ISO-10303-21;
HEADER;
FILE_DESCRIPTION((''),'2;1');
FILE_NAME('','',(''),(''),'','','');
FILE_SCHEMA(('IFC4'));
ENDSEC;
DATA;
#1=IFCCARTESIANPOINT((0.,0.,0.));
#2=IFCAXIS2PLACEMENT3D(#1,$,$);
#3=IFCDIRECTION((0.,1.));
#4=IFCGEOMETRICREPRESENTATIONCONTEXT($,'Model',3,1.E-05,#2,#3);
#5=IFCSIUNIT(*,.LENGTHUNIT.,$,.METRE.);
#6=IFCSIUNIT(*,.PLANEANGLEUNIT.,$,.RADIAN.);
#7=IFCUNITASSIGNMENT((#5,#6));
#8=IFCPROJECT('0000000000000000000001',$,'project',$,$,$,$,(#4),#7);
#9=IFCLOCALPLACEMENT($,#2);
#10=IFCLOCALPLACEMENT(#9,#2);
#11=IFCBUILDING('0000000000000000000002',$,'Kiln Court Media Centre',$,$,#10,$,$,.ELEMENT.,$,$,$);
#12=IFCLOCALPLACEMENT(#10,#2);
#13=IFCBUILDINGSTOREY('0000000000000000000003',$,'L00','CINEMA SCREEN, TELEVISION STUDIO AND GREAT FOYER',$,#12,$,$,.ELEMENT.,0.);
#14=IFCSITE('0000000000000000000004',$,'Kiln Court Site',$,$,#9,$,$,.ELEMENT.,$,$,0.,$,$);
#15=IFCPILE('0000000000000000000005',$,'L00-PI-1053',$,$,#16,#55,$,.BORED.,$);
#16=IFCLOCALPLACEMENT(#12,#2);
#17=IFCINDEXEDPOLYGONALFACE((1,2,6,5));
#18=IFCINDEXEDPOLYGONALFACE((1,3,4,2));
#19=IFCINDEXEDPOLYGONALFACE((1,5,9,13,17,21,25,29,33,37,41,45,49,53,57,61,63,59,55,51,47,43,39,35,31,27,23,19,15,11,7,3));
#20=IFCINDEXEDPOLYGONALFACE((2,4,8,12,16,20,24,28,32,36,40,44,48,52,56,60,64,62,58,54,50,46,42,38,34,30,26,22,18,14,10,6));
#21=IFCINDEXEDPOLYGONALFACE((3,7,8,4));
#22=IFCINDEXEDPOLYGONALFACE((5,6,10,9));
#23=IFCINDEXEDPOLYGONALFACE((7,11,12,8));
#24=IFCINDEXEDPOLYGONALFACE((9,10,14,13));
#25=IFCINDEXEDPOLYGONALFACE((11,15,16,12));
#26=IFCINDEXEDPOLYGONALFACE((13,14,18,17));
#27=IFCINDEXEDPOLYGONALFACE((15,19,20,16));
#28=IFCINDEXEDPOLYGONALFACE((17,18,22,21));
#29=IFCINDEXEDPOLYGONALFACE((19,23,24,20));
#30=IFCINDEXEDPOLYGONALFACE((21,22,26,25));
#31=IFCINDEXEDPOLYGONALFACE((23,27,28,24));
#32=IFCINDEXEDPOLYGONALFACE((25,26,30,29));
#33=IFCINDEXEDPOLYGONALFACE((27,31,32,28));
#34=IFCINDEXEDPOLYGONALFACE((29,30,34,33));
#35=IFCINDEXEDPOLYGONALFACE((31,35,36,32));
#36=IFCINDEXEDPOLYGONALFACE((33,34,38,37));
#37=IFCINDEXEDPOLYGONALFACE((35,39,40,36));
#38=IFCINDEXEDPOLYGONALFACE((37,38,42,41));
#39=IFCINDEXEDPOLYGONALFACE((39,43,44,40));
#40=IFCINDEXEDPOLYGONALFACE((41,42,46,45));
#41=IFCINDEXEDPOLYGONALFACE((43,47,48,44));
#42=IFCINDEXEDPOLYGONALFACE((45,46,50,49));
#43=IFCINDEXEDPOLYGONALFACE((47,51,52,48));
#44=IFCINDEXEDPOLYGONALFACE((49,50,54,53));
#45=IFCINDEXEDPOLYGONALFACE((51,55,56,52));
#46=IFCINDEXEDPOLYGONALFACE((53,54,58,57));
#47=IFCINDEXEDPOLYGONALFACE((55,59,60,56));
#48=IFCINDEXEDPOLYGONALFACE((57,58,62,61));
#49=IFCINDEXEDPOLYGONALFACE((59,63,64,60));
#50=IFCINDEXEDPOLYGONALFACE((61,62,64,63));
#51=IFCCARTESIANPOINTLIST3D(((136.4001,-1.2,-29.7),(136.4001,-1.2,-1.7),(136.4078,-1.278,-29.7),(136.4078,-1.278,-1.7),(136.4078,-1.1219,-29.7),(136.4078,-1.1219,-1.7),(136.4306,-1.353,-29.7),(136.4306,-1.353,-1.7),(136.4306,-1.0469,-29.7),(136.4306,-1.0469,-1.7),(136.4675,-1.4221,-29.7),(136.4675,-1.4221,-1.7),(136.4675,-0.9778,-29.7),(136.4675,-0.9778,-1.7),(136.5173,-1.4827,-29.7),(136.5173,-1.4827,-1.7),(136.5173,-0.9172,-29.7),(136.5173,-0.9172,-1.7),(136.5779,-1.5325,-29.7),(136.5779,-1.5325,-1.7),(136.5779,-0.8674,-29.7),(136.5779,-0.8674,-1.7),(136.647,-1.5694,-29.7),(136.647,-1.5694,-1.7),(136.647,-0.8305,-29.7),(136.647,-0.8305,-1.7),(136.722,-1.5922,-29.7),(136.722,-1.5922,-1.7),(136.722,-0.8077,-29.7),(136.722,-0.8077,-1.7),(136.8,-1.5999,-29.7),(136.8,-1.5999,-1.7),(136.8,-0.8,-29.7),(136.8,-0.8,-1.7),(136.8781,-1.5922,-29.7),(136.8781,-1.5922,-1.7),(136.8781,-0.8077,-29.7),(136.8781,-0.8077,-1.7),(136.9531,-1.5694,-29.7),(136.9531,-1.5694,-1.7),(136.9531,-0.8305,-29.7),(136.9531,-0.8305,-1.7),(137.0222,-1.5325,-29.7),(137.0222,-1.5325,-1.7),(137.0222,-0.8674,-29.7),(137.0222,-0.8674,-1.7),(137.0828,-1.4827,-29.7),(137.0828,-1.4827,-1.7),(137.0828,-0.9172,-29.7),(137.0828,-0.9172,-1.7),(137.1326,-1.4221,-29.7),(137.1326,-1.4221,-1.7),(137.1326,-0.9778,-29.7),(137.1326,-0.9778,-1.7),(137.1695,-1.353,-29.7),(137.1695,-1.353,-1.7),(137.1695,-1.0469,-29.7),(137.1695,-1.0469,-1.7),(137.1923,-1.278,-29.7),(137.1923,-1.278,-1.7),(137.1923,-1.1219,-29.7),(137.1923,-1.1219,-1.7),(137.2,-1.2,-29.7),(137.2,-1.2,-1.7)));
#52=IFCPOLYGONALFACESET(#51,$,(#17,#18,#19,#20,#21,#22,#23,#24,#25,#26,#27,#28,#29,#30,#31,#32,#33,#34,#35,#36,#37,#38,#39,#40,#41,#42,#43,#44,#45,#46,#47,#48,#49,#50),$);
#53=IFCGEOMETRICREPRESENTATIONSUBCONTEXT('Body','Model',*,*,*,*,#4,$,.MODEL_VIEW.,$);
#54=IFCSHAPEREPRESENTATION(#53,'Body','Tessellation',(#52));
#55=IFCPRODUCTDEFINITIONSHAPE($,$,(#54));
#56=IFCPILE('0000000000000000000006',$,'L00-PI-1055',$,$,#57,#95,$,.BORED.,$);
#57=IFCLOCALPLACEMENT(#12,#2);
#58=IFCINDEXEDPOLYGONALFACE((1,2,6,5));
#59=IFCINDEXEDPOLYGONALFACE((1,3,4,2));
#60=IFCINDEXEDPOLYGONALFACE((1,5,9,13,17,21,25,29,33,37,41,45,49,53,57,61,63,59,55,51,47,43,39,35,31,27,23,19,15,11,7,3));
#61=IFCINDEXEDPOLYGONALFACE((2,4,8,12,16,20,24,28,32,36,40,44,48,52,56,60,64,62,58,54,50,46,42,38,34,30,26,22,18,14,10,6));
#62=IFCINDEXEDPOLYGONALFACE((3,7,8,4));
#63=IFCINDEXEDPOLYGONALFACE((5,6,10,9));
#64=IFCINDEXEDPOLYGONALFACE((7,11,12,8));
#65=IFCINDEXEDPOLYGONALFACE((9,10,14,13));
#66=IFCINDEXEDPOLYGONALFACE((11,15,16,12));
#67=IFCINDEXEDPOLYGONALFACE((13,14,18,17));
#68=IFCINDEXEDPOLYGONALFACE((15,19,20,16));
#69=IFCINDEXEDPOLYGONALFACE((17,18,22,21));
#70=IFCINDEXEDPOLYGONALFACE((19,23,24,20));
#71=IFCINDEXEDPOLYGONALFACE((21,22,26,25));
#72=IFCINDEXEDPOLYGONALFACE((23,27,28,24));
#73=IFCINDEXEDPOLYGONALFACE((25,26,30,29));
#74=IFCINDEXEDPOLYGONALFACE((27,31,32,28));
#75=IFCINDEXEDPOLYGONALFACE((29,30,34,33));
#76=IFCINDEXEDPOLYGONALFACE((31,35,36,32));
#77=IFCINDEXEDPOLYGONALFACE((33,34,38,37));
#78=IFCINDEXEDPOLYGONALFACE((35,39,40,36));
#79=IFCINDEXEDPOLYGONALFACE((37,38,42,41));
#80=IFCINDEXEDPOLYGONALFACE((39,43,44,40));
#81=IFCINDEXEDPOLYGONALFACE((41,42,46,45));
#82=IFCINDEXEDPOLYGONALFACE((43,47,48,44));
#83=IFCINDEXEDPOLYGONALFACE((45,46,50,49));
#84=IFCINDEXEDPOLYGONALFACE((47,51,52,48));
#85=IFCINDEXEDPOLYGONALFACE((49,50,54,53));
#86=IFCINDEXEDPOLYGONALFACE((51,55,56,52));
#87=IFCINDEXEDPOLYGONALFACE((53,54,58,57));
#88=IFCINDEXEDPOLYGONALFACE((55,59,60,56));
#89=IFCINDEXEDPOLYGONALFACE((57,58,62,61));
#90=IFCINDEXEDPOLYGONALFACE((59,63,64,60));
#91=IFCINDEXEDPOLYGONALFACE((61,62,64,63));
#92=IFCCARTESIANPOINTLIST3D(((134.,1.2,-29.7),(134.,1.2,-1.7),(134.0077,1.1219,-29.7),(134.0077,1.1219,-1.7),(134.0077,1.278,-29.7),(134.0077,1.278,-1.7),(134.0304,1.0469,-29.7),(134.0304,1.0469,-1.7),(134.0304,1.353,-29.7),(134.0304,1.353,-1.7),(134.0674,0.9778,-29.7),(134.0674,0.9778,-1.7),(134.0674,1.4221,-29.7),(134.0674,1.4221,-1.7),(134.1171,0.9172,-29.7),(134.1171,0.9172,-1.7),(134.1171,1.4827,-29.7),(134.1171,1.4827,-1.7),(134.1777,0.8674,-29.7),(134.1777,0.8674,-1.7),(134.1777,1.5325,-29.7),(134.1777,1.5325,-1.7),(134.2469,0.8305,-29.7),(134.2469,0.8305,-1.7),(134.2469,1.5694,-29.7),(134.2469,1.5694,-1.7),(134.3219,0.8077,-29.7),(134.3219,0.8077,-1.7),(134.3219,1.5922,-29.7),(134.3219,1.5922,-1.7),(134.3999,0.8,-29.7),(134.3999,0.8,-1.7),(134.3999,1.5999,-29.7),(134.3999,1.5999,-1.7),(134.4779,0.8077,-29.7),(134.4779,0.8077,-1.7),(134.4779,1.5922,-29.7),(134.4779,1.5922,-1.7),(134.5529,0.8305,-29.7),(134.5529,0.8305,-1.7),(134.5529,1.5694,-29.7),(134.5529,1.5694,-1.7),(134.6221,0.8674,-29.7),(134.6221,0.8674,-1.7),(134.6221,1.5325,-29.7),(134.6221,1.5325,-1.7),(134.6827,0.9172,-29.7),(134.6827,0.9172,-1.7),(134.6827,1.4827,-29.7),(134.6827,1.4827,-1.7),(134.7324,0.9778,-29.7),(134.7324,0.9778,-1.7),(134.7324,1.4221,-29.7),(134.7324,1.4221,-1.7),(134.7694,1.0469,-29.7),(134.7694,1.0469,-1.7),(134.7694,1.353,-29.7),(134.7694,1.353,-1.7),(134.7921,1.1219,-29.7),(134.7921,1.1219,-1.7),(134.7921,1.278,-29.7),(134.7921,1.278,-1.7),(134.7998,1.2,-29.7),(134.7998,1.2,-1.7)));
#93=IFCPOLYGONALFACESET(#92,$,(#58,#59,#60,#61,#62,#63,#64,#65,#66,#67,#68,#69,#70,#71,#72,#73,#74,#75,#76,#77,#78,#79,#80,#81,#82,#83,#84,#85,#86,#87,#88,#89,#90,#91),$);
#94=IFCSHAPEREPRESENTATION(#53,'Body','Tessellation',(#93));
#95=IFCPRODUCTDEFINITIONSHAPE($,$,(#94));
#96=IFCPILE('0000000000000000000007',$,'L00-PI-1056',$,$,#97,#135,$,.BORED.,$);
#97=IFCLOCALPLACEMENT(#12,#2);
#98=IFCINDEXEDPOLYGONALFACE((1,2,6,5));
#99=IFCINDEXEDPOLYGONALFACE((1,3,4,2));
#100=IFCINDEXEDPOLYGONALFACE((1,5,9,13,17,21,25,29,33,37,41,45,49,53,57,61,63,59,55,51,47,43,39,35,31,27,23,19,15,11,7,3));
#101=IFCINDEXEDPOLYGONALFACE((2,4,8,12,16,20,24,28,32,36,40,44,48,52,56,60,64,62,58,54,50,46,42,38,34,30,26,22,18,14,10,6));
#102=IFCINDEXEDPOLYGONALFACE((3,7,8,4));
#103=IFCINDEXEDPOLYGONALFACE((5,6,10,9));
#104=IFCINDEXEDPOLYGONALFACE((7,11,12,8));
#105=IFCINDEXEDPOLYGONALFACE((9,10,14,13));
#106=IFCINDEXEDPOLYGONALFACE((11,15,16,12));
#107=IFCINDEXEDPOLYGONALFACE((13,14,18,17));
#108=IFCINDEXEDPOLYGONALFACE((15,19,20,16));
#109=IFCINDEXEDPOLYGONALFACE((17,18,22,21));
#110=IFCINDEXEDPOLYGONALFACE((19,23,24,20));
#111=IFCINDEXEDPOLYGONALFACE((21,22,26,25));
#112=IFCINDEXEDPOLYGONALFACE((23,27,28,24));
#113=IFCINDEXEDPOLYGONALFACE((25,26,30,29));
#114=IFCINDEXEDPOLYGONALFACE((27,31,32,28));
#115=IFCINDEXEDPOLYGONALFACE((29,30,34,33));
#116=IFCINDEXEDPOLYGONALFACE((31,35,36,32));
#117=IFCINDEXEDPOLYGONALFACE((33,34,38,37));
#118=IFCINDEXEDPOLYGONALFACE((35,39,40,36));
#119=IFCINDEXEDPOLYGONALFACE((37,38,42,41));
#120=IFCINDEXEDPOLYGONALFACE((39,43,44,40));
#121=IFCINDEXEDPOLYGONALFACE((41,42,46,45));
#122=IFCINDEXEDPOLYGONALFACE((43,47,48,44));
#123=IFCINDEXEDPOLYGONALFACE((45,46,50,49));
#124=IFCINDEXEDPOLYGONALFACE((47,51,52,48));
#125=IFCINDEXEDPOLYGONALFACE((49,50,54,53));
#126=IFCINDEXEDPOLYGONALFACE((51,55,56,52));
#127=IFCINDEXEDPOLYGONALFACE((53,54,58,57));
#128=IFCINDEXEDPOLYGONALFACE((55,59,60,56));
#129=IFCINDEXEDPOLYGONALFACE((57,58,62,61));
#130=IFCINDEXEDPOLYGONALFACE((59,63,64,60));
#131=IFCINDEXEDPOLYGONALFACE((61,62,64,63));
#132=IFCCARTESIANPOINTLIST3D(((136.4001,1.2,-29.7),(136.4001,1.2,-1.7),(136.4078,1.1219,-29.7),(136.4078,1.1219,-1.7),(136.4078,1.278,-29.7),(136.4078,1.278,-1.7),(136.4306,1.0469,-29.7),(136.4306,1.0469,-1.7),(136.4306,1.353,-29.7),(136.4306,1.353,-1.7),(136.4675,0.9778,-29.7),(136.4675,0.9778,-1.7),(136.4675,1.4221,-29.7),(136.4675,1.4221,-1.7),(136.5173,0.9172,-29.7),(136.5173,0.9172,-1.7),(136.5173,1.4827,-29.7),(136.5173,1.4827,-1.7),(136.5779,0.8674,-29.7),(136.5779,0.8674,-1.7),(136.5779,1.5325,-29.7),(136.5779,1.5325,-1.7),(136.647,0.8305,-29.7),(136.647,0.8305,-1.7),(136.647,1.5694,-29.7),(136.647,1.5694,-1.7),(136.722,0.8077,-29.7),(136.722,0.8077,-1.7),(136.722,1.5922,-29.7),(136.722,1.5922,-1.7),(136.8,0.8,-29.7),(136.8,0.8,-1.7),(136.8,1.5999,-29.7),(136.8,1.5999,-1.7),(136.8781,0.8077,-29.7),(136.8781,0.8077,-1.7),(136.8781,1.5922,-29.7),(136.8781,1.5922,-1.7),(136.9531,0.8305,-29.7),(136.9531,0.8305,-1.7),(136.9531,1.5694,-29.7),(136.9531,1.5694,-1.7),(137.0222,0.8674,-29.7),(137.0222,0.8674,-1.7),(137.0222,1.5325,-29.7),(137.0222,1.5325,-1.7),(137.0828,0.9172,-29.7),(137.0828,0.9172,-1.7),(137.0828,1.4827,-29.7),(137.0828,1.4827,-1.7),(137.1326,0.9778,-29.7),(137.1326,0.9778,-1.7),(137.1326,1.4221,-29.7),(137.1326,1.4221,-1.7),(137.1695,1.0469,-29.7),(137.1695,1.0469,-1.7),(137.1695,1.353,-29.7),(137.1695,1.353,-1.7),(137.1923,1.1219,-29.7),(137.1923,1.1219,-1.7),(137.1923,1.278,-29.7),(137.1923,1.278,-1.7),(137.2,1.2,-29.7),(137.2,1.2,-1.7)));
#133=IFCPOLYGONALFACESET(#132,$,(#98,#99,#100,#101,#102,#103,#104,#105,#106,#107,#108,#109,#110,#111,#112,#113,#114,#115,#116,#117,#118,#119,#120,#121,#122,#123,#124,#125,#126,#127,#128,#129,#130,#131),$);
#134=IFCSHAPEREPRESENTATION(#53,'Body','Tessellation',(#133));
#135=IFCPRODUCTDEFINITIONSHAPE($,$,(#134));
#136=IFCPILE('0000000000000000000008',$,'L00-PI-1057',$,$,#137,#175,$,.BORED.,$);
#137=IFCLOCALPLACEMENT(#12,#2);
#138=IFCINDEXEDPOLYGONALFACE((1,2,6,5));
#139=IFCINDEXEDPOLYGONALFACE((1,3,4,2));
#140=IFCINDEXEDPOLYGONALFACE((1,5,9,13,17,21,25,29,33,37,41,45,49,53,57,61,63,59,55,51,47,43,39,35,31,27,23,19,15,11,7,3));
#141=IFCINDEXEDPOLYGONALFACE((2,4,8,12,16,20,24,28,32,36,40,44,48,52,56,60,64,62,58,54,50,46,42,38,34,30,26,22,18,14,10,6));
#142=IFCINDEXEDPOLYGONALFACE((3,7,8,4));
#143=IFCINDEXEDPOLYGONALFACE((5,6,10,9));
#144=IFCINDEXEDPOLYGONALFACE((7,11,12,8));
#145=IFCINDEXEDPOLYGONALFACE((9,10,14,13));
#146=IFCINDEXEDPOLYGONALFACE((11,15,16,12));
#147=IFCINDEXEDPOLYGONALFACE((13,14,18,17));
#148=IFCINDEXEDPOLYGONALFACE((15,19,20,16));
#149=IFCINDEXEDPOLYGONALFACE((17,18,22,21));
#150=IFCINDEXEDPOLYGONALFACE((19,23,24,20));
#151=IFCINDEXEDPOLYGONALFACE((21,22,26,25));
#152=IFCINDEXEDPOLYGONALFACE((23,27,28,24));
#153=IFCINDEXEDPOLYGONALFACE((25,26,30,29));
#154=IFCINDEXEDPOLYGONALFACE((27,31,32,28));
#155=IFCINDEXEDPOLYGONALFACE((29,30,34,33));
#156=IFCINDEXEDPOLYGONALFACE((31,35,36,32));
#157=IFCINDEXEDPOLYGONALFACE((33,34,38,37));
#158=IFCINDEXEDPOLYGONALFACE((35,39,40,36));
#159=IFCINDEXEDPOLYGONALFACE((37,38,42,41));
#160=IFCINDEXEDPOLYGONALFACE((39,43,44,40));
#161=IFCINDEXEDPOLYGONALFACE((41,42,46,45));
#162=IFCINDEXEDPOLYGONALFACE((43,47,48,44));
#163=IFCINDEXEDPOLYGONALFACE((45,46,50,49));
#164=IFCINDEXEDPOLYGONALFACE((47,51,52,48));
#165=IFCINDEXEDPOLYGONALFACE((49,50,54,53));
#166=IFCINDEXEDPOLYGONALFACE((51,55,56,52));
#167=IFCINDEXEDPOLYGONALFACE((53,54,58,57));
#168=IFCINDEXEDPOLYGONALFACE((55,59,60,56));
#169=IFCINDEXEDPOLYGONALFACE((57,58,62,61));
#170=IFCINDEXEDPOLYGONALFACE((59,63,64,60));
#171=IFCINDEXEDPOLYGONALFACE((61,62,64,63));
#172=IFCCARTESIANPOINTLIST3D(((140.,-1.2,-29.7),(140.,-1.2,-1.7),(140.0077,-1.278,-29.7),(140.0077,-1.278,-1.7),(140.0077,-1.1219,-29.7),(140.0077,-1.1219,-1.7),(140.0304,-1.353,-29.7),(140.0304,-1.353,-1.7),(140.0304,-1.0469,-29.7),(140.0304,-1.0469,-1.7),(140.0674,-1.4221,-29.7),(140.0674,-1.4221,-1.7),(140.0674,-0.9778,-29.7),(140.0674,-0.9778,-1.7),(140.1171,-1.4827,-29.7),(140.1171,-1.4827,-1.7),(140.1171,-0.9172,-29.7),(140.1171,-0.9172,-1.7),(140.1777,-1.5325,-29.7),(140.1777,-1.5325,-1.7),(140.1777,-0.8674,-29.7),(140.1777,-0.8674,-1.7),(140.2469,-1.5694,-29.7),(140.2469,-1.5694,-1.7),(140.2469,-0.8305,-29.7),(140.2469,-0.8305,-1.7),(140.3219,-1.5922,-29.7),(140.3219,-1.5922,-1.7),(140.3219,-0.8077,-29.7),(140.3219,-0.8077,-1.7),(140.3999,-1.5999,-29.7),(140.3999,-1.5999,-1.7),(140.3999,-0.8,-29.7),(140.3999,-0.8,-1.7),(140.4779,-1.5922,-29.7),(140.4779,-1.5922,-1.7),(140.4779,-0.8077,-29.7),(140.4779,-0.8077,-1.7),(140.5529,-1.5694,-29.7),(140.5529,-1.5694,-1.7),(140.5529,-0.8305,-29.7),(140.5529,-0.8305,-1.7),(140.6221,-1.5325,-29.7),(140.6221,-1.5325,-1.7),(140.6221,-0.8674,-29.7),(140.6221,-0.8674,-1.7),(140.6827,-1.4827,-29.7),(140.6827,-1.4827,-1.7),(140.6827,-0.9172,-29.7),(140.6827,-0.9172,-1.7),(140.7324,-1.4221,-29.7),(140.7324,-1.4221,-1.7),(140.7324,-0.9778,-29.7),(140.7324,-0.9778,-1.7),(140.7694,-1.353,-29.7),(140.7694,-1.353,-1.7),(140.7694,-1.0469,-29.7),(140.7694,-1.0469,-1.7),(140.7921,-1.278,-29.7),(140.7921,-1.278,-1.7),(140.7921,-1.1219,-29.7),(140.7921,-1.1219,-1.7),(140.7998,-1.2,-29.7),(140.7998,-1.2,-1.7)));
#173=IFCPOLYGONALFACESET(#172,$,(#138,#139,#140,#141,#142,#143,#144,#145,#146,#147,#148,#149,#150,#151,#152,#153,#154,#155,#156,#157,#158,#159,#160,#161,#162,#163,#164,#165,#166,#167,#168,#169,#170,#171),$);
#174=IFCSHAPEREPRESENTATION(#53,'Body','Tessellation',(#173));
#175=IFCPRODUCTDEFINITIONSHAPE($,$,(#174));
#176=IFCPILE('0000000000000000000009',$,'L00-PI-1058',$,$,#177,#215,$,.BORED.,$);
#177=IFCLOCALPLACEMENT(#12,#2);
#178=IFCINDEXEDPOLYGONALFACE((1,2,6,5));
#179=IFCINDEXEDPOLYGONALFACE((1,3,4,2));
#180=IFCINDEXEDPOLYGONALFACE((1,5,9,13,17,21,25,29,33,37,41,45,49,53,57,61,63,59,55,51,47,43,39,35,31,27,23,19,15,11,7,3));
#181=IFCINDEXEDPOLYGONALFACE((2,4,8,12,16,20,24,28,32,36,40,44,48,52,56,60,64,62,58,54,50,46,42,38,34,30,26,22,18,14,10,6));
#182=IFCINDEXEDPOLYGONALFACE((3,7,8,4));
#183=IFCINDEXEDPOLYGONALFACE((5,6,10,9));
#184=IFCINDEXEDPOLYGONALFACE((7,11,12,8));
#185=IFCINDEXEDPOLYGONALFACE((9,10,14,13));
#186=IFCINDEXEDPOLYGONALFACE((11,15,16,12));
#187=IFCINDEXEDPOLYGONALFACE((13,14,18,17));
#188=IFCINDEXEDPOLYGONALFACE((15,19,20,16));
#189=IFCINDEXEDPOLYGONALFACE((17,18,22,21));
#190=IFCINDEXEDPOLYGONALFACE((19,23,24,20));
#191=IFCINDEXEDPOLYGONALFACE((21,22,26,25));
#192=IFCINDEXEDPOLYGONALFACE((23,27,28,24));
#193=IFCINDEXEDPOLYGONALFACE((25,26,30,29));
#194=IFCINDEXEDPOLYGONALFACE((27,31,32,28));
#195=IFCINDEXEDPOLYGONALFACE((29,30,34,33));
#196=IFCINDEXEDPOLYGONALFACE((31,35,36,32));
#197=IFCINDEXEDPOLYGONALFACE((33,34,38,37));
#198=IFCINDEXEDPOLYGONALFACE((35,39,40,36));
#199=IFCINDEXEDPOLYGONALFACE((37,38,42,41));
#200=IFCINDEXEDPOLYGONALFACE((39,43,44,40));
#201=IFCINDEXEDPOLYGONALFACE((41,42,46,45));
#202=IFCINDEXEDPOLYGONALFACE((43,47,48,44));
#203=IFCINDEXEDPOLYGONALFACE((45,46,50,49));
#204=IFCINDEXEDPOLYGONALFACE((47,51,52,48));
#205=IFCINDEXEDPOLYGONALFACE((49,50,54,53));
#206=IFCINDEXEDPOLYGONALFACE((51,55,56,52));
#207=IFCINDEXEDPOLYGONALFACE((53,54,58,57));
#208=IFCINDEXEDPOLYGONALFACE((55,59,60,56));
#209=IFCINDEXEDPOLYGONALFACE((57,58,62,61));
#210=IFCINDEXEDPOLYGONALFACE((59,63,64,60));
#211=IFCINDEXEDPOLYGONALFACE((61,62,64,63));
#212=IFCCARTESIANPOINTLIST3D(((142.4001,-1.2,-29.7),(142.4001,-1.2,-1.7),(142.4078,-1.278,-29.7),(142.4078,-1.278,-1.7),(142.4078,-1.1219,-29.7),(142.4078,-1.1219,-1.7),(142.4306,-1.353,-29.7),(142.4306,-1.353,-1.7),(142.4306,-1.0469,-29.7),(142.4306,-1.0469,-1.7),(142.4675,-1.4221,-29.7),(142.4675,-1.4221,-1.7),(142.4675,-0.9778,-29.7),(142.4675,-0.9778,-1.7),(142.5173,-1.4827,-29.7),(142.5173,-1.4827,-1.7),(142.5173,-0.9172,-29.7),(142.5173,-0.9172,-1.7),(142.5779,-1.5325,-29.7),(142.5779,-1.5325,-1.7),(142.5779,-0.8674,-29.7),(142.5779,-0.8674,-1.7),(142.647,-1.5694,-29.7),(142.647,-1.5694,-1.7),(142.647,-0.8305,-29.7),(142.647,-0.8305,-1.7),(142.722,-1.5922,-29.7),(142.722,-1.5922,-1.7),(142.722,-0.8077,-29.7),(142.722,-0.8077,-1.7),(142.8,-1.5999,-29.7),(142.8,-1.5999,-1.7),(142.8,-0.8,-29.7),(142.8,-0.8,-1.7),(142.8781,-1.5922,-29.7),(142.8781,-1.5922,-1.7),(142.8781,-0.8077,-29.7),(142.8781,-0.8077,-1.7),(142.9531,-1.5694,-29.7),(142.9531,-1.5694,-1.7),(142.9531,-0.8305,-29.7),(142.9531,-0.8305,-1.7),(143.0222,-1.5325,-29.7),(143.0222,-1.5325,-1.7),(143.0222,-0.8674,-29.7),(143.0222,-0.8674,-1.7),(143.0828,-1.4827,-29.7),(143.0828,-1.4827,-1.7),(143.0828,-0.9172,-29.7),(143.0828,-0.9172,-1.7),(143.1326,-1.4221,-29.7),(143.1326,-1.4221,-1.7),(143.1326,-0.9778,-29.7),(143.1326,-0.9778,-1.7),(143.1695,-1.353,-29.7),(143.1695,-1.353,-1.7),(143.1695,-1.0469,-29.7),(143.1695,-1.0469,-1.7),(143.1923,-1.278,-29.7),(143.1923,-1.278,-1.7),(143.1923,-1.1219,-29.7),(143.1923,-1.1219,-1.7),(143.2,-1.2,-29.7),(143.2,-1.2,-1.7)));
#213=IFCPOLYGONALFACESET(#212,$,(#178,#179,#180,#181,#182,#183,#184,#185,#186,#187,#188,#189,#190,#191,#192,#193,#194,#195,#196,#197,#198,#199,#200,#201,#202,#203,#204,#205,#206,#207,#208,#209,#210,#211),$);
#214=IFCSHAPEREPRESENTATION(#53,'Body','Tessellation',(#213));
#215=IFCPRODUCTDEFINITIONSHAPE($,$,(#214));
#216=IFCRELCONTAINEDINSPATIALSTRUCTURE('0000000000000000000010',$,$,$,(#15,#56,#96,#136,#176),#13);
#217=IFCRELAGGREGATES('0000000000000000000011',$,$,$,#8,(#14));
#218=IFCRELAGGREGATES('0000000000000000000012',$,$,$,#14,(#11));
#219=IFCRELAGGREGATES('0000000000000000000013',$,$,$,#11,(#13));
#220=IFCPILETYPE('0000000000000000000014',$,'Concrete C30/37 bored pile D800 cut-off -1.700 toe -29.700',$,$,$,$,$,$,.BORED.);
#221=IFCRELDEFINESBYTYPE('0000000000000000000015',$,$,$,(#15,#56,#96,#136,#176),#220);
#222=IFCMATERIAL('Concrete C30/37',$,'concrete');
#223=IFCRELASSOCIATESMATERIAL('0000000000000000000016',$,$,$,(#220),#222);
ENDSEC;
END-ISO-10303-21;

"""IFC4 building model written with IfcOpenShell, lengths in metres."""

from ifc_helpers import new_model, si_unit, direction, frame, origin, origin_2d, place, context, subcontext, project, spatial, circle, extrude, material, material_profile, profile_set, type_object, element, save


model = new_model("IFC4")

# Units and contexts
model_context = context("Model", 3, precision=1e-05, world=origin(), true_north=direction((0.0, 1.0)))
body_context = subcontext(model_context, "Body", "Model", "MODEL_VIEW")
ifc_project = project(units=[si_unit("LENGTHUNIT", "METRE"), si_unit("PLANEANGLEUNIT", "RADIAN")], contexts=[model_context])

# Site, building, storey
site_placement = place(None, origin())
site = spatial("IfcSite", under=ifc_project, at=site_placement, Name="Kiln Court Site", CompositionType="ELEMENT", RefElevation=0.0)
building_placement = place(site_placement, origin())
building = spatial("IfcBuilding", under=site, at=building_placement, Name="Kiln Court Media Centre", CompositionType="ELEMENT")
storey_placement = place(building_placement, origin())
storey = spatial("IfcBuildingStorey", under=building, at=storey_placement, Name="L00", Description="CINEMA SCREEN, TELEVISION STUDIO AND GREAT FOYER", CompositionType="ELEMENT", Elevation=0.0)

# Piles
ifc_material_1 = material(Name="Concrete C30/37", Category="concrete")
ifc_material_profile_1 = material_profile(ifc_material_1, circle(Radius=0.3999, at=origin_2d()), Name="PILE D800")
ifc_profile_set_1 = profile_set([ifc_material_profile_1], Name="Concrete C30/37")
pile_type_1 = type_object("IfcPileType", Name="Concrete C30/37 bored pile D800 cut-off -1.700 toe -29.700", PredefinedType="BORED", material=ifc_profile_set_1)
for number, where, z_axis, x_axis, name in (
    (1, (136.8, -1.2, -1.7), (0.0, 0.0, -1.0), (1.0, 0.0, 0.0), "L00-PI-1053"),
    (2, (134.3999, 1.2, -1.7), (0.0, 0.0, -1.0), (1.0, 0.0, 0.0), "L00-PI-1055"),
    (3, (136.8, 1.2, -1.7), (0.0, 0.0, -1.0), (1.0, 0.0, 0.0), "L00-PI-1056"),
    (4, (140.3999, -1.2, -1.7), (0.0, 0.0, -1.0), (1.0, 0.0, 0.0), "L00-PI-1057"),
    (5, (142.8, -1.2, -1.7), (0.0, 0.0, -1.0), (1.0, 0.0, 0.0), "L00-PI-1058"),
):
    element("IfcPile", number, at=place(storey_placement, frame(where, z_axis=z_axis, x_axis=x_axis)), inside=storey, type_object=pile_type_1, Name=name, PredefinedType="BORED", context=body_context, shape_type="SweptSolid", body=[
        extrude(circle(Radius=0.3999, at=origin_2d()), origin(), (0.0, 0.0, 1.0), 28.0),
    ])

save(model, "model.ifc")
